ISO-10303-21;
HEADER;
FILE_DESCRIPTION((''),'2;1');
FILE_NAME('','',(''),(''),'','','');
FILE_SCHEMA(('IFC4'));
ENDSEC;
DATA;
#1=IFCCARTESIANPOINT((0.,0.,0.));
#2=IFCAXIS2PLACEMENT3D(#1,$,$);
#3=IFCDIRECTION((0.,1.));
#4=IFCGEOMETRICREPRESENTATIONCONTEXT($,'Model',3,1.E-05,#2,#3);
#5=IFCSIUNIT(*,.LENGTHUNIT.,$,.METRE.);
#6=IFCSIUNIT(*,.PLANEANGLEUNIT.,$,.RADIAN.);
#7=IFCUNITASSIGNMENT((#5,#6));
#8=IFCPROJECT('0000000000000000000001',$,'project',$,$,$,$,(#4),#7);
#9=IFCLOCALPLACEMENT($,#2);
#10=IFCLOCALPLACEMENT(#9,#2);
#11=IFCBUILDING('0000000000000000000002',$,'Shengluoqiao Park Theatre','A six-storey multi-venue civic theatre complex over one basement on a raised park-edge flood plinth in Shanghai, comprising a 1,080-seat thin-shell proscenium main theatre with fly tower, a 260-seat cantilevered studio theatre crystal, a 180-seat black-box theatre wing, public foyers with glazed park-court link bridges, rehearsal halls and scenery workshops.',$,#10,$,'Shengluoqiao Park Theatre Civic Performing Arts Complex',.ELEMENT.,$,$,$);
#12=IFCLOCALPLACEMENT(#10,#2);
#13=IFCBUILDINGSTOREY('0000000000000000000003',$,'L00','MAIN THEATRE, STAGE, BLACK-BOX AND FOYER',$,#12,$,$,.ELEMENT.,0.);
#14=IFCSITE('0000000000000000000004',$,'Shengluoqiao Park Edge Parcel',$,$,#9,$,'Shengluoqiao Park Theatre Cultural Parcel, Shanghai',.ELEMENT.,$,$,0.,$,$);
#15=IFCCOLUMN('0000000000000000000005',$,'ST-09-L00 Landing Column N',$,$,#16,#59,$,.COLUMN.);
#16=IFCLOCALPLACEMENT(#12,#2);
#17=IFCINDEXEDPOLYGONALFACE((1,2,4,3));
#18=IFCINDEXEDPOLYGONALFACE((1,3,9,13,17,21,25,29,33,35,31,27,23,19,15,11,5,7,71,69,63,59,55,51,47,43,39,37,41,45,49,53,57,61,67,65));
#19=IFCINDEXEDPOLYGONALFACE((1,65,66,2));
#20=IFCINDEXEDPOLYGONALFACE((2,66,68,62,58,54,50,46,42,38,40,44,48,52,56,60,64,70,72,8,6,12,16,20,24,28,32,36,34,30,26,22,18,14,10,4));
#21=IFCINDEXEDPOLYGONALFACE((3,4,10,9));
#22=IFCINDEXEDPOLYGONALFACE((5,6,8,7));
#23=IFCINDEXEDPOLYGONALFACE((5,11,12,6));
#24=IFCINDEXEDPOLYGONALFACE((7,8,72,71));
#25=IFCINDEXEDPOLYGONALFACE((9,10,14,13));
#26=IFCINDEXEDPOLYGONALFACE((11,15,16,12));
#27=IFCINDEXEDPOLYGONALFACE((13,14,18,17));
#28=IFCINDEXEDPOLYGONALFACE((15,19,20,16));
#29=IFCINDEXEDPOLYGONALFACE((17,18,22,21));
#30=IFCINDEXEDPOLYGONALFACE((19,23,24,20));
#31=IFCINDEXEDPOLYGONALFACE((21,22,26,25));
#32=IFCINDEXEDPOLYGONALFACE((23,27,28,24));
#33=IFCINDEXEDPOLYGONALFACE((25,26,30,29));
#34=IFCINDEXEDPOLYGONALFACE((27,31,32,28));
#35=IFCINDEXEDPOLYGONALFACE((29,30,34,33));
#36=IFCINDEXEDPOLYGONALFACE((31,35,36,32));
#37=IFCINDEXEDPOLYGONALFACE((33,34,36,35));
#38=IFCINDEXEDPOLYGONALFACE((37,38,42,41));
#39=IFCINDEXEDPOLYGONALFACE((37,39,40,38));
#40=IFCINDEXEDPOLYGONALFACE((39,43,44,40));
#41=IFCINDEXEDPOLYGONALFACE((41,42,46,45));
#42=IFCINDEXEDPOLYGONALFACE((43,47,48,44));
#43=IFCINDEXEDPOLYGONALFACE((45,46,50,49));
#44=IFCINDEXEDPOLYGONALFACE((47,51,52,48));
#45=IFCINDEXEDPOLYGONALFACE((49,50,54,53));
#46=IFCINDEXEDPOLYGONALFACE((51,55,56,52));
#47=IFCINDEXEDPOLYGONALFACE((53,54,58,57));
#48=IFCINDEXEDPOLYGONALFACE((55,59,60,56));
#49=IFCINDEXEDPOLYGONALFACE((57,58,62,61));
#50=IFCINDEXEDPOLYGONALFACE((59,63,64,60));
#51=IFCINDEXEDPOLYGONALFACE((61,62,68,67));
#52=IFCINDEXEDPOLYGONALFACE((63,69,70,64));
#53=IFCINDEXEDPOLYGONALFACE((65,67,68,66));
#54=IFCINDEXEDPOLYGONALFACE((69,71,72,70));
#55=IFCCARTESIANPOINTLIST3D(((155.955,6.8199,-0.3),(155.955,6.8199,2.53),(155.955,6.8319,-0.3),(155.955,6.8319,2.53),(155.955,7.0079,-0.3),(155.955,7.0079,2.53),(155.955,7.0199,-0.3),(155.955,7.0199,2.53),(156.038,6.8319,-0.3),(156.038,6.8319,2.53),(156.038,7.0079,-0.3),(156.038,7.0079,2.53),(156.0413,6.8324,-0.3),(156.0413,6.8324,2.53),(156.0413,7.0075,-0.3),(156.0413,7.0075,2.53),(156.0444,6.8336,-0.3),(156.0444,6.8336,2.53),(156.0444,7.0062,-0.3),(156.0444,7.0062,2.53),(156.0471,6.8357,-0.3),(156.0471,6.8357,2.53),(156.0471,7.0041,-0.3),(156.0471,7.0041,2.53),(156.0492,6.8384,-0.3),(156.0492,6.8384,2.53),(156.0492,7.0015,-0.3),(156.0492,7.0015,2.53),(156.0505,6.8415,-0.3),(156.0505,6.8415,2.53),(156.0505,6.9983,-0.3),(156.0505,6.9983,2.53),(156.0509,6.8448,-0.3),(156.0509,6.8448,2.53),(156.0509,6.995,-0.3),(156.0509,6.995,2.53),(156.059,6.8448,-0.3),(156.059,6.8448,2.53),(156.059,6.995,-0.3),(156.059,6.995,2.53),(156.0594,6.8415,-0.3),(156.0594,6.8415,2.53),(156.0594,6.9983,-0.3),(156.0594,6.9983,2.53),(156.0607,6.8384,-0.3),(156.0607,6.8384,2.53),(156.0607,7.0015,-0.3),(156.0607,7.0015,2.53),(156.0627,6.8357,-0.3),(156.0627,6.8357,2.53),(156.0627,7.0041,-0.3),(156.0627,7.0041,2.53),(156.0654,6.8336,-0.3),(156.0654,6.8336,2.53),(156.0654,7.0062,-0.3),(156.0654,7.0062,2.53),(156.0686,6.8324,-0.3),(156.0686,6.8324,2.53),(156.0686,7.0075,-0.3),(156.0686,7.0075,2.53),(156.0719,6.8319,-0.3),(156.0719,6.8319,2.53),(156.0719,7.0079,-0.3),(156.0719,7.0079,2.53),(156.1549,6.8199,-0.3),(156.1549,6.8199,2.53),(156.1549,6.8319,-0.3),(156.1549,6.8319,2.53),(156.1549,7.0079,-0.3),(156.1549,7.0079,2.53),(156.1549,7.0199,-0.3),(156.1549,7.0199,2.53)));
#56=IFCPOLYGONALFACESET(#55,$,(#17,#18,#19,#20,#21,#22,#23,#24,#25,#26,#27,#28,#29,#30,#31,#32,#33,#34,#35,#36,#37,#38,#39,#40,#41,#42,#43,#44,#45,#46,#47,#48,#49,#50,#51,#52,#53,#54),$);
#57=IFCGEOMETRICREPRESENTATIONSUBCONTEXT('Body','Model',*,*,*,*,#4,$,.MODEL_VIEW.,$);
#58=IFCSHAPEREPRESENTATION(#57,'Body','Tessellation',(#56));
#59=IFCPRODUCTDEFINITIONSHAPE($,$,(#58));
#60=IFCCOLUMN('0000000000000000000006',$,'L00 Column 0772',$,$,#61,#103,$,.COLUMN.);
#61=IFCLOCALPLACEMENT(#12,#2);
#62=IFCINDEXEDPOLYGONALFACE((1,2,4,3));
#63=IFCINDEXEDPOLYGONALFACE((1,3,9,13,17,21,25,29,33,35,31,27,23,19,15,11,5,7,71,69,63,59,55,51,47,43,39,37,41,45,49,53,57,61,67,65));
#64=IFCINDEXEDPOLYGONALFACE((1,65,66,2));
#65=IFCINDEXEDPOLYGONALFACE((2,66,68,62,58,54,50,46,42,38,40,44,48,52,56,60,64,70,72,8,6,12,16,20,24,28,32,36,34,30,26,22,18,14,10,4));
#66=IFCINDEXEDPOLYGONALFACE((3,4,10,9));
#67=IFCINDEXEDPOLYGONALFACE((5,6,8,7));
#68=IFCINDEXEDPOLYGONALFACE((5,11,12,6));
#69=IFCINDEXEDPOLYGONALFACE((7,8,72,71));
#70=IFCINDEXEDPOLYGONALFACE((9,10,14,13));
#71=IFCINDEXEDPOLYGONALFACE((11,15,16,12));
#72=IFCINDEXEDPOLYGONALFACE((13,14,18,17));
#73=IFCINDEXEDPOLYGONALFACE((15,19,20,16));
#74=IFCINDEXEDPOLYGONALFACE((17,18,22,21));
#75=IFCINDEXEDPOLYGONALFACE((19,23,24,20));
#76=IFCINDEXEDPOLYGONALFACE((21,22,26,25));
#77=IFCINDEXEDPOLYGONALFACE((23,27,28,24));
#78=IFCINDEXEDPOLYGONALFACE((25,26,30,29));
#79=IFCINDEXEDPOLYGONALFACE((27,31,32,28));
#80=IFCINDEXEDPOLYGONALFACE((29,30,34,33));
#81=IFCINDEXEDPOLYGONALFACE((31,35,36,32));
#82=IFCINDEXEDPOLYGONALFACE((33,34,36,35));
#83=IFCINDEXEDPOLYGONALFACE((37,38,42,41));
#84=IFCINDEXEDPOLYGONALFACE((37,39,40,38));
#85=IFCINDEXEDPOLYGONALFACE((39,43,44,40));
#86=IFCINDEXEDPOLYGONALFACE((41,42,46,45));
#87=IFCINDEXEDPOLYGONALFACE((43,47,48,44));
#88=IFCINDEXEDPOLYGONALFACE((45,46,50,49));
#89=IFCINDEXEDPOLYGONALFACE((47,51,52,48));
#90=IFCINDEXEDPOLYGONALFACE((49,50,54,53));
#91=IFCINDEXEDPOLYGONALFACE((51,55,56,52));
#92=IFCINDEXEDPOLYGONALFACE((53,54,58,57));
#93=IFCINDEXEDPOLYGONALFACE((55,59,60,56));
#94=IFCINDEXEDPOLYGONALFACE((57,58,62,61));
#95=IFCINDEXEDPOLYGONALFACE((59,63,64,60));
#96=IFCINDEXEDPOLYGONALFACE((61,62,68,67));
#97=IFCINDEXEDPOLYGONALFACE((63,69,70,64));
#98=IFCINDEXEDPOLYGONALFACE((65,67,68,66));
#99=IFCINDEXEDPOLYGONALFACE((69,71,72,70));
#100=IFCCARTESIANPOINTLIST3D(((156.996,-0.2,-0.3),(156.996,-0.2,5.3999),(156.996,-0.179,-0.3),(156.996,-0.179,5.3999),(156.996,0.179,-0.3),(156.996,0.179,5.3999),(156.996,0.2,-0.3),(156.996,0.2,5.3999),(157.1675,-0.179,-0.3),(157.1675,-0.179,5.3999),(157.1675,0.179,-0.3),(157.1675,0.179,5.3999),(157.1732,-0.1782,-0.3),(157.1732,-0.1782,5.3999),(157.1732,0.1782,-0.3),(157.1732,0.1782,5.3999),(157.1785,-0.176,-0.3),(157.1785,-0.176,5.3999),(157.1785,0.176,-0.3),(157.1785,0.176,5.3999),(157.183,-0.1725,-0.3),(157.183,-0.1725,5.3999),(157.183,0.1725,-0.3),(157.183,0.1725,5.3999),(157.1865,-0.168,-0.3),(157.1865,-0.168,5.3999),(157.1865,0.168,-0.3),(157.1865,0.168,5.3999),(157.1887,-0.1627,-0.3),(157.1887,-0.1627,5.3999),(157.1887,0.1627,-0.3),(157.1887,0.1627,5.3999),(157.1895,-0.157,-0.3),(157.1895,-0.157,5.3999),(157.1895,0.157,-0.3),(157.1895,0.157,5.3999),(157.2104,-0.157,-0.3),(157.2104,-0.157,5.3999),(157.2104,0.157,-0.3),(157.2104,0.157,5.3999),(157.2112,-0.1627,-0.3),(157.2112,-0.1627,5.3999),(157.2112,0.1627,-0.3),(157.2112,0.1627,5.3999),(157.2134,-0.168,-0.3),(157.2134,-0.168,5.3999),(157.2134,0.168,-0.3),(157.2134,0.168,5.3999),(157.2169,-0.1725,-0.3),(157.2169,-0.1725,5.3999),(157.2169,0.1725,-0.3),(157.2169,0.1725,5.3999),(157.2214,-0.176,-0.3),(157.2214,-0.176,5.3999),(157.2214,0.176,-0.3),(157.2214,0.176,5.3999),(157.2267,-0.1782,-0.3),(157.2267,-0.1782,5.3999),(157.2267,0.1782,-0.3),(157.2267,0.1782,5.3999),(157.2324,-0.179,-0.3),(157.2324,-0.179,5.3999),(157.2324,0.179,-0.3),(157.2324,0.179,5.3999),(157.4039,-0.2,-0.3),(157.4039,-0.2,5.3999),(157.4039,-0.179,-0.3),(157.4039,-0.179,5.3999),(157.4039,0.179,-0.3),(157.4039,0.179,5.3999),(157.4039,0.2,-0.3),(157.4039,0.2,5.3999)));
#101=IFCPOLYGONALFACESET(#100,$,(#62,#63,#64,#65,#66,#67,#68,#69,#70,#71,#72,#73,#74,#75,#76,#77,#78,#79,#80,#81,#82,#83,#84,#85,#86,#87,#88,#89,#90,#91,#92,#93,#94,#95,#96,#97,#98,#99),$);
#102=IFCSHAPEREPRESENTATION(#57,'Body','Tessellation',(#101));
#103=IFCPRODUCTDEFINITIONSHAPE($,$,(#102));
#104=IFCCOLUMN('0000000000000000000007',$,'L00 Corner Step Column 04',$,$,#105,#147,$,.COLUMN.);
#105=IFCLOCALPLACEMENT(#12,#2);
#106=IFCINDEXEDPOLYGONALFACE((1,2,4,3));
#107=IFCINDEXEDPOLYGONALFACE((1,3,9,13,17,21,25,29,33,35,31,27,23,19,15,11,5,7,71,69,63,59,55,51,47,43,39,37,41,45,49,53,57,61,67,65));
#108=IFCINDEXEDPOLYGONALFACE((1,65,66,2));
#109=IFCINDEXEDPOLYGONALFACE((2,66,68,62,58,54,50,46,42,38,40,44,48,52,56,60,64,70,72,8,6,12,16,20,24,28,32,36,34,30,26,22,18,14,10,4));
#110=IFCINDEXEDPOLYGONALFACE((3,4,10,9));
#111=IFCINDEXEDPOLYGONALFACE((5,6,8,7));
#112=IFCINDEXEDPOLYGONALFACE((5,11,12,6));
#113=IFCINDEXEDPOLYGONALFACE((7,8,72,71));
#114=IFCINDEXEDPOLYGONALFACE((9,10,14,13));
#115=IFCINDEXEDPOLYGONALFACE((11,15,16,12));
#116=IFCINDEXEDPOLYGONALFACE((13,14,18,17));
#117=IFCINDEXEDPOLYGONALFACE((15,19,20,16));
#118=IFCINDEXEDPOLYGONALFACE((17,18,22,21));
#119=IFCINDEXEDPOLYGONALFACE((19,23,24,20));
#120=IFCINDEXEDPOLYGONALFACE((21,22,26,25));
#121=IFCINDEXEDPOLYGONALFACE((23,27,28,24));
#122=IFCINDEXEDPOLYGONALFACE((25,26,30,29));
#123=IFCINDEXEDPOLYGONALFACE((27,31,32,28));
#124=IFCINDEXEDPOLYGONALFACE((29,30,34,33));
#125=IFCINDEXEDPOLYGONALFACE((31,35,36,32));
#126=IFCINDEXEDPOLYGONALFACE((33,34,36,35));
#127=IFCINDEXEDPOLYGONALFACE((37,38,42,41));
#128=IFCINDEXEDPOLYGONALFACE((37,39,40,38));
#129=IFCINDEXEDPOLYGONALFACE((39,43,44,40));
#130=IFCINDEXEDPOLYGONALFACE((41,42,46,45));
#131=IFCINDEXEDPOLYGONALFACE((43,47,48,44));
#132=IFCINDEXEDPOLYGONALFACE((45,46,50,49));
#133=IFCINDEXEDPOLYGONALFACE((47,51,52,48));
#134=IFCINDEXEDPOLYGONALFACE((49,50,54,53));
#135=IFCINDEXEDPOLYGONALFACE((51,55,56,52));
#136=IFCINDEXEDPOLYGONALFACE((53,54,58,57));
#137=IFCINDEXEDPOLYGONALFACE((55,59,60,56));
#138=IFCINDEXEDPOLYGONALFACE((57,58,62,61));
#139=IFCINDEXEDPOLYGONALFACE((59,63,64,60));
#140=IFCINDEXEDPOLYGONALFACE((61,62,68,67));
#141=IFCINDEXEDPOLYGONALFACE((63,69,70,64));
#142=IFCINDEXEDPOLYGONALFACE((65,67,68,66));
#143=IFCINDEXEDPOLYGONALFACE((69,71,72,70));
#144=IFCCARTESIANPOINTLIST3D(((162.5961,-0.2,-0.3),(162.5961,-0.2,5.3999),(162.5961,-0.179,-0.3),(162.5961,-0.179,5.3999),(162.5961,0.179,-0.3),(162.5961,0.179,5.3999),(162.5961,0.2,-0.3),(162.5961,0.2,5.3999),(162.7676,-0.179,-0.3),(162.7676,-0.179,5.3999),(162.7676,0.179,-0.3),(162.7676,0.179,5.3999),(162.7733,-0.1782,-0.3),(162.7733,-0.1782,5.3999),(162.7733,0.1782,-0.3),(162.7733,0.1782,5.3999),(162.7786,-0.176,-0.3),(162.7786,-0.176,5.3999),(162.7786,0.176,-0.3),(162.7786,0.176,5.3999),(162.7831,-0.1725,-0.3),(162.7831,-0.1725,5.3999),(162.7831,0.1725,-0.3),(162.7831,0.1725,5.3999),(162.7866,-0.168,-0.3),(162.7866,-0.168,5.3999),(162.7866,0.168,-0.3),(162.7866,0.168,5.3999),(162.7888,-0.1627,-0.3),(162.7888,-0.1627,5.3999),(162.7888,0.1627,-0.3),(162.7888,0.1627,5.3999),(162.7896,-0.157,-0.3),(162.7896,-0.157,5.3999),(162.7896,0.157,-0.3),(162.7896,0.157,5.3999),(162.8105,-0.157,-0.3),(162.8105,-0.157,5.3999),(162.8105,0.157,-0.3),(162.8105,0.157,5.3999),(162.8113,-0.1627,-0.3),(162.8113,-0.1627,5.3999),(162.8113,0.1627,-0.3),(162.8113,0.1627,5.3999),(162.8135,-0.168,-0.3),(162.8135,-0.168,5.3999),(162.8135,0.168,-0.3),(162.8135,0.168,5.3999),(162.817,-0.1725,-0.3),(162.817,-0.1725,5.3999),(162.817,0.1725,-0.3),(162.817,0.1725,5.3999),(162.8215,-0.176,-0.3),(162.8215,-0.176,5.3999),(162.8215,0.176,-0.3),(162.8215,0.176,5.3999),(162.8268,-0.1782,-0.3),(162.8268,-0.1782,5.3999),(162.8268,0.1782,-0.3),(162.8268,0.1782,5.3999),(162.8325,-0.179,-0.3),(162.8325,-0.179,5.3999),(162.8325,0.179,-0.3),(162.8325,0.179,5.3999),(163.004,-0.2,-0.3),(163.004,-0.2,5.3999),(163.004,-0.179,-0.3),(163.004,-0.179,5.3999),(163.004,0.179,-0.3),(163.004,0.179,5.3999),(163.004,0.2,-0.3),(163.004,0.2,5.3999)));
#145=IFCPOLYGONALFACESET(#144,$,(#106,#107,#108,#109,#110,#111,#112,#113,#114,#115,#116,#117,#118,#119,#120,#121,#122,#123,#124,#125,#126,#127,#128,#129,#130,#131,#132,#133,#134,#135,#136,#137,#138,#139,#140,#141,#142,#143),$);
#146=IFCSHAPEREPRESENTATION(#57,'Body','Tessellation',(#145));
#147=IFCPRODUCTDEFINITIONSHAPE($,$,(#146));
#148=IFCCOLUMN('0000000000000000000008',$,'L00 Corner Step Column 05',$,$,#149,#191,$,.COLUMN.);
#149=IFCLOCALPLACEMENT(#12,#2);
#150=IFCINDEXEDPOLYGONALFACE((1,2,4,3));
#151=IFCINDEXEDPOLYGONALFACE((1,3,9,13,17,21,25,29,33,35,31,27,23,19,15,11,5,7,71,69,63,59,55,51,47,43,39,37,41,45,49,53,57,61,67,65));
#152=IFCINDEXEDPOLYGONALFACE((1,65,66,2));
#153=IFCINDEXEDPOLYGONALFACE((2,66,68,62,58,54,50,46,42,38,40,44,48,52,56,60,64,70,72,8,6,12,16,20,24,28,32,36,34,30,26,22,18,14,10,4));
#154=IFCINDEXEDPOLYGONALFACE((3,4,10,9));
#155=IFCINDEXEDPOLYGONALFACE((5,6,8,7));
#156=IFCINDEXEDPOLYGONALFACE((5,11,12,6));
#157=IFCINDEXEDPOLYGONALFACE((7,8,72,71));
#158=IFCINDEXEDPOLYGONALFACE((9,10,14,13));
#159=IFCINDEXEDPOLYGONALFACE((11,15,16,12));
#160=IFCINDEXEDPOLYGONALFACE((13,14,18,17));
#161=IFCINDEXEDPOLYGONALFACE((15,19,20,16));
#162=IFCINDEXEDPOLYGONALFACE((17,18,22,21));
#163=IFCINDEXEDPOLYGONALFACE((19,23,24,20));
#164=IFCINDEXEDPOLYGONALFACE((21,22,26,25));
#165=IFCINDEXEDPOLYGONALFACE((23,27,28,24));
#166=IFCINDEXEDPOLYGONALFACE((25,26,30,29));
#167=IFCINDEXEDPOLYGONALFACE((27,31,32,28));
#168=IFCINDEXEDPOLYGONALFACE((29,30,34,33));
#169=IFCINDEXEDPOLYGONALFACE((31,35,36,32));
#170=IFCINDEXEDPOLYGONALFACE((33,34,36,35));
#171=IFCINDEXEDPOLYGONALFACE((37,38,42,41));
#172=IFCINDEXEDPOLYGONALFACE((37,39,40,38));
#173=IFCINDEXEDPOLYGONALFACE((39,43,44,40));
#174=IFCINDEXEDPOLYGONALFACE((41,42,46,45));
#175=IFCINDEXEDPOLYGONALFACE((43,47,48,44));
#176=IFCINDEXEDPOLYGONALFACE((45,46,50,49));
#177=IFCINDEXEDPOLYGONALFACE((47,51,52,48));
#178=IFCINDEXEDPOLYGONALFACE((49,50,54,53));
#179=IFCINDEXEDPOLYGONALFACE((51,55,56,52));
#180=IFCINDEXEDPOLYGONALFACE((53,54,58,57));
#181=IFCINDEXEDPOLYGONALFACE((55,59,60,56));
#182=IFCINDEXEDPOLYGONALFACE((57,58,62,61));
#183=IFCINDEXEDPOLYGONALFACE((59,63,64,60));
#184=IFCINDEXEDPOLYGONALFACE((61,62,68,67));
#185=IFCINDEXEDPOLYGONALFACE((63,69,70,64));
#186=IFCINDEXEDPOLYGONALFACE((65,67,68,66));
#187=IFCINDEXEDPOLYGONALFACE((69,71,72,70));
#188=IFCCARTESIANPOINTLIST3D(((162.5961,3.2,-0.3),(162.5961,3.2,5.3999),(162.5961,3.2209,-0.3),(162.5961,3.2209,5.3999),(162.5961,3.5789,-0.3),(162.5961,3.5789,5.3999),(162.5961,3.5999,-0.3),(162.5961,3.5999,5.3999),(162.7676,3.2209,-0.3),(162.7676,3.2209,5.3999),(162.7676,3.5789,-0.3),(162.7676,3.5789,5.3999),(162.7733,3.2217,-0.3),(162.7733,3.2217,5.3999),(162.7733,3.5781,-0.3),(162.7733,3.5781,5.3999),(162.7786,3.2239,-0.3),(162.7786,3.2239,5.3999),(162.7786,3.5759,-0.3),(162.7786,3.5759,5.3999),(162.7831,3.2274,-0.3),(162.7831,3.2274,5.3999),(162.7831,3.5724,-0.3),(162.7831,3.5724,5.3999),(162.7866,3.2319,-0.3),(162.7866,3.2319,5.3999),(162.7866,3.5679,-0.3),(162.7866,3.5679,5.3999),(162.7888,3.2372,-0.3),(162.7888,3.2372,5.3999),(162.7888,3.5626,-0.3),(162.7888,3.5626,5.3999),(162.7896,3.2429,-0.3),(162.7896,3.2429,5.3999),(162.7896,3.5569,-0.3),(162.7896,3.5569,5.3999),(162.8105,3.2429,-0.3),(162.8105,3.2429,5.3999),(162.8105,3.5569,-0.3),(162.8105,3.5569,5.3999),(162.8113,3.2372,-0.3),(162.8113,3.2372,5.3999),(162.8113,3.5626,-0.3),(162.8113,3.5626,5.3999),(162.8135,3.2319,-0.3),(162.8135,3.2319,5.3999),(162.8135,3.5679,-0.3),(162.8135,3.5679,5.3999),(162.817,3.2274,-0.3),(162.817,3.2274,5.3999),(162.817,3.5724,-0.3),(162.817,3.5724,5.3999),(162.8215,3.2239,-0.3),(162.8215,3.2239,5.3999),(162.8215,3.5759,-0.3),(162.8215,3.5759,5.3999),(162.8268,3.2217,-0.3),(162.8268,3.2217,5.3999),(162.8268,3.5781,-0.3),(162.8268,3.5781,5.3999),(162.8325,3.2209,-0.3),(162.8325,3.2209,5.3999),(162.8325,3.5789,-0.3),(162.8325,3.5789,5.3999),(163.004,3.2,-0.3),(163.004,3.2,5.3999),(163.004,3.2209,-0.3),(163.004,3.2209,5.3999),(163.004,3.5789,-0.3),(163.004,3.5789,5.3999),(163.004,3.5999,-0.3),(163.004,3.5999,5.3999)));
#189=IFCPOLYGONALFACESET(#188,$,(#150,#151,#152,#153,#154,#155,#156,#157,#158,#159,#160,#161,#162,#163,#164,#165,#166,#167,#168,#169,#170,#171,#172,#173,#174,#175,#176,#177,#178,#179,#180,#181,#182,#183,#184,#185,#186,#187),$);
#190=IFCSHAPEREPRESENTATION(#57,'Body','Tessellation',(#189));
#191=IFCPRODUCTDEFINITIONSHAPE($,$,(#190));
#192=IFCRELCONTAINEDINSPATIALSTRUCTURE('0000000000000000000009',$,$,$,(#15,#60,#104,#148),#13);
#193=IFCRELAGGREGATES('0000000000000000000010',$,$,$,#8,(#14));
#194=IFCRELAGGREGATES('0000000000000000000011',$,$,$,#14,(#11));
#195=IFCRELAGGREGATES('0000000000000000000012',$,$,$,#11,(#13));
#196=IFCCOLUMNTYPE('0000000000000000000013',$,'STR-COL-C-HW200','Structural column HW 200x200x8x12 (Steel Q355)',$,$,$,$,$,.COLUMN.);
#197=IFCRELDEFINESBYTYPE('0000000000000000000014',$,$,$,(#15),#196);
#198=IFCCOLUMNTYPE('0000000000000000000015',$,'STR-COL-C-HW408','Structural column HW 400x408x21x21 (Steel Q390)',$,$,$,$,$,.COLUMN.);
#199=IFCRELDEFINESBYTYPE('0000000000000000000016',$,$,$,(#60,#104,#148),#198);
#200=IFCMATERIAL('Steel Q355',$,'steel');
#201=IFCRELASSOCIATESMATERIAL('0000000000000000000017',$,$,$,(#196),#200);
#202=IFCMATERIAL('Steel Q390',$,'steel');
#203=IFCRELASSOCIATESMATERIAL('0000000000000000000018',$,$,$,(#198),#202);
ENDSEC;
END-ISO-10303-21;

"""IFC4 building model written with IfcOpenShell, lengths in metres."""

from ifc_helpers import new_model, si_unit, direction, frame, origin, origin_2d, place, context, subcontext, project, spatial, i_section, extrude, material, material_profile, profile_set, type_object, element, save


model = new_model("IFC4")

# Units and contexts
model_context = context("Model", 3, precision=1e-05, world=origin(), true_north=direction((0.0, 1.0)))
body_context = subcontext(model_context, "Body", "Model", "MODEL_VIEW")
ifc_project = project(units=[si_unit("LENGTHUNIT", "METRE"), si_unit("PLANEANGLEUNIT", "RADIAN")], contexts=[model_context])

# Site, building, storey
site_placement = place(None, origin())
site = spatial("IfcSite", under=ifc_project, at=site_placement, Name="Shengluoqiao Park Edge Parcel", LongName="Shengluoqiao Park Theatre Cultural Parcel, Shanghai", CompositionType="ELEMENT", RefElevation=0.0)
building_placement = place(site_placement, origin())
building = spatial("IfcBuilding", under=site, at=building_placement, Name="Shengluoqiao Park Theatre", Description="A six-storey multi-venue civic theatre complex over one basement on a raised park-edge flood plinth in Shanghai, comprising a 1,080-seat thin-shell proscenium main theatre with fly tower, a 260-seat cantilevered studio theatre crystal, a 180-seat black-box theatre wing, public foyers with glazed park-court link bridges, rehearsal halls and scenery workshops.", LongName="Shengluoqiao Park Theatre Civic Performing Arts Complex", CompositionType="ELEMENT")
storey_placement = place(building_placement, origin())
storey = spatial("IfcBuildingStorey", under=building, at=storey_placement, Name="L00", Description="MAIN THEATRE, STAGE, BLACK-BOX AND FOYER", CompositionType="ELEMENT", Elevation=0.0)

# Columns
ifc_material_1 = material(Name="Steel Q355", Category="steel")
ifc_material_profile_1 = material_profile(ifc_material_1, i_section(OverallWidth=0.2, OverallDepth=0.2, WebThickness=0.0081, FlangeThickness=0.012, FilletRadius=0.0129, at=origin_2d()), Name="HW 200x200x8x12")
ifc_profile_set_1 = profile_set([ifc_material_profile_1], Name="Steel Q355")
column_type_1 = type_object("IfcColumnType", Name="STR-COL-C-HW200", Description="Structural column HW 200x200x8x12 (Steel Q355)", PredefinedType="COLUMN", material=ifc_profile_set_1)
for number, where, z_axis, x_axis, name in (
    (1, (156.0549, 6.9199, -0.3), (0.0, 0.0, 1.0), (1.0, 0.0, 0.0), "ST-09-L00 Landing Column N"),
):
    element("IfcColumn", number, at=place(storey_placement, frame(where, z_axis=z_axis, x_axis=x_axis)), inside=storey, type_object=column_type_1, Name=name, PredefinedType="COLUMN", context=body_context, shape_type="SweptSolid", body=[
        extrude(i_section(OverallWidth=0.2, OverallDepth=0.2, WebThickness=0.0081, FlangeThickness=0.012, FilletRadius=0.0129, at=origin_2d()), origin(), (0.0, 0.0, 1.0), 2.8301),
    ])
ifc_material_2 = material(Name="Steel Q390", Category="steel")
ifc_material_profile_2 = material_profile(ifc_material_2, i_section(OverallWidth=0.408, OverallDepth=0.3999, WebThickness=0.021, FlangeThickness=0.021, FilletRadius=0.022, at=origin_2d()), Name="HW 400x408x21x21")
ifc_profile_set_2 = profile_set([ifc_material_profile_2], Name="Steel Q390")
column_type_2 = type_object("IfcColumnType", Name="STR-COL-C-HW408", Description="Structural column HW 400x408x21x21 (Steel Q390)", PredefinedType="COLUMN", material=ifc_profile_set_2)
for number, where, z_axis, x_axis, name in (
    (2, (157.2, 0.0, -0.3), (0.0, 0.0, 1.0), (1.0, 0.0, 0.0), "L00 Column 0772"),
    (3, (162.8, 0.0, -0.3), (0.0, 0.0, 1.0), (1.0, 0.0, 0.0), "L00 Corner Step Column 04"),
    (4, (162.8, 3.3999, -0.3), (0.0, 0.0, 1.0), (1.0, 0.0, 0.0), "L00 Corner Step Column 05"),
):
    element("IfcColumn", number, at=place(storey_placement, frame(where, z_axis=z_axis, x_axis=x_axis)), inside=storey, type_object=column_type_2, Name=name, PredefinedType="COLUMN", context=body_context, shape_type="SweptSolid", body=[
        extrude(i_section(OverallWidth=0.408, OverallDepth=0.3999, WebThickness=0.021, FlangeThickness=0.021, FilletRadius=0.022, at=origin_2d()), origin(), (0.0, 0.0, 1.0), 5.7),
    ])

save(model, "model.ifc")
